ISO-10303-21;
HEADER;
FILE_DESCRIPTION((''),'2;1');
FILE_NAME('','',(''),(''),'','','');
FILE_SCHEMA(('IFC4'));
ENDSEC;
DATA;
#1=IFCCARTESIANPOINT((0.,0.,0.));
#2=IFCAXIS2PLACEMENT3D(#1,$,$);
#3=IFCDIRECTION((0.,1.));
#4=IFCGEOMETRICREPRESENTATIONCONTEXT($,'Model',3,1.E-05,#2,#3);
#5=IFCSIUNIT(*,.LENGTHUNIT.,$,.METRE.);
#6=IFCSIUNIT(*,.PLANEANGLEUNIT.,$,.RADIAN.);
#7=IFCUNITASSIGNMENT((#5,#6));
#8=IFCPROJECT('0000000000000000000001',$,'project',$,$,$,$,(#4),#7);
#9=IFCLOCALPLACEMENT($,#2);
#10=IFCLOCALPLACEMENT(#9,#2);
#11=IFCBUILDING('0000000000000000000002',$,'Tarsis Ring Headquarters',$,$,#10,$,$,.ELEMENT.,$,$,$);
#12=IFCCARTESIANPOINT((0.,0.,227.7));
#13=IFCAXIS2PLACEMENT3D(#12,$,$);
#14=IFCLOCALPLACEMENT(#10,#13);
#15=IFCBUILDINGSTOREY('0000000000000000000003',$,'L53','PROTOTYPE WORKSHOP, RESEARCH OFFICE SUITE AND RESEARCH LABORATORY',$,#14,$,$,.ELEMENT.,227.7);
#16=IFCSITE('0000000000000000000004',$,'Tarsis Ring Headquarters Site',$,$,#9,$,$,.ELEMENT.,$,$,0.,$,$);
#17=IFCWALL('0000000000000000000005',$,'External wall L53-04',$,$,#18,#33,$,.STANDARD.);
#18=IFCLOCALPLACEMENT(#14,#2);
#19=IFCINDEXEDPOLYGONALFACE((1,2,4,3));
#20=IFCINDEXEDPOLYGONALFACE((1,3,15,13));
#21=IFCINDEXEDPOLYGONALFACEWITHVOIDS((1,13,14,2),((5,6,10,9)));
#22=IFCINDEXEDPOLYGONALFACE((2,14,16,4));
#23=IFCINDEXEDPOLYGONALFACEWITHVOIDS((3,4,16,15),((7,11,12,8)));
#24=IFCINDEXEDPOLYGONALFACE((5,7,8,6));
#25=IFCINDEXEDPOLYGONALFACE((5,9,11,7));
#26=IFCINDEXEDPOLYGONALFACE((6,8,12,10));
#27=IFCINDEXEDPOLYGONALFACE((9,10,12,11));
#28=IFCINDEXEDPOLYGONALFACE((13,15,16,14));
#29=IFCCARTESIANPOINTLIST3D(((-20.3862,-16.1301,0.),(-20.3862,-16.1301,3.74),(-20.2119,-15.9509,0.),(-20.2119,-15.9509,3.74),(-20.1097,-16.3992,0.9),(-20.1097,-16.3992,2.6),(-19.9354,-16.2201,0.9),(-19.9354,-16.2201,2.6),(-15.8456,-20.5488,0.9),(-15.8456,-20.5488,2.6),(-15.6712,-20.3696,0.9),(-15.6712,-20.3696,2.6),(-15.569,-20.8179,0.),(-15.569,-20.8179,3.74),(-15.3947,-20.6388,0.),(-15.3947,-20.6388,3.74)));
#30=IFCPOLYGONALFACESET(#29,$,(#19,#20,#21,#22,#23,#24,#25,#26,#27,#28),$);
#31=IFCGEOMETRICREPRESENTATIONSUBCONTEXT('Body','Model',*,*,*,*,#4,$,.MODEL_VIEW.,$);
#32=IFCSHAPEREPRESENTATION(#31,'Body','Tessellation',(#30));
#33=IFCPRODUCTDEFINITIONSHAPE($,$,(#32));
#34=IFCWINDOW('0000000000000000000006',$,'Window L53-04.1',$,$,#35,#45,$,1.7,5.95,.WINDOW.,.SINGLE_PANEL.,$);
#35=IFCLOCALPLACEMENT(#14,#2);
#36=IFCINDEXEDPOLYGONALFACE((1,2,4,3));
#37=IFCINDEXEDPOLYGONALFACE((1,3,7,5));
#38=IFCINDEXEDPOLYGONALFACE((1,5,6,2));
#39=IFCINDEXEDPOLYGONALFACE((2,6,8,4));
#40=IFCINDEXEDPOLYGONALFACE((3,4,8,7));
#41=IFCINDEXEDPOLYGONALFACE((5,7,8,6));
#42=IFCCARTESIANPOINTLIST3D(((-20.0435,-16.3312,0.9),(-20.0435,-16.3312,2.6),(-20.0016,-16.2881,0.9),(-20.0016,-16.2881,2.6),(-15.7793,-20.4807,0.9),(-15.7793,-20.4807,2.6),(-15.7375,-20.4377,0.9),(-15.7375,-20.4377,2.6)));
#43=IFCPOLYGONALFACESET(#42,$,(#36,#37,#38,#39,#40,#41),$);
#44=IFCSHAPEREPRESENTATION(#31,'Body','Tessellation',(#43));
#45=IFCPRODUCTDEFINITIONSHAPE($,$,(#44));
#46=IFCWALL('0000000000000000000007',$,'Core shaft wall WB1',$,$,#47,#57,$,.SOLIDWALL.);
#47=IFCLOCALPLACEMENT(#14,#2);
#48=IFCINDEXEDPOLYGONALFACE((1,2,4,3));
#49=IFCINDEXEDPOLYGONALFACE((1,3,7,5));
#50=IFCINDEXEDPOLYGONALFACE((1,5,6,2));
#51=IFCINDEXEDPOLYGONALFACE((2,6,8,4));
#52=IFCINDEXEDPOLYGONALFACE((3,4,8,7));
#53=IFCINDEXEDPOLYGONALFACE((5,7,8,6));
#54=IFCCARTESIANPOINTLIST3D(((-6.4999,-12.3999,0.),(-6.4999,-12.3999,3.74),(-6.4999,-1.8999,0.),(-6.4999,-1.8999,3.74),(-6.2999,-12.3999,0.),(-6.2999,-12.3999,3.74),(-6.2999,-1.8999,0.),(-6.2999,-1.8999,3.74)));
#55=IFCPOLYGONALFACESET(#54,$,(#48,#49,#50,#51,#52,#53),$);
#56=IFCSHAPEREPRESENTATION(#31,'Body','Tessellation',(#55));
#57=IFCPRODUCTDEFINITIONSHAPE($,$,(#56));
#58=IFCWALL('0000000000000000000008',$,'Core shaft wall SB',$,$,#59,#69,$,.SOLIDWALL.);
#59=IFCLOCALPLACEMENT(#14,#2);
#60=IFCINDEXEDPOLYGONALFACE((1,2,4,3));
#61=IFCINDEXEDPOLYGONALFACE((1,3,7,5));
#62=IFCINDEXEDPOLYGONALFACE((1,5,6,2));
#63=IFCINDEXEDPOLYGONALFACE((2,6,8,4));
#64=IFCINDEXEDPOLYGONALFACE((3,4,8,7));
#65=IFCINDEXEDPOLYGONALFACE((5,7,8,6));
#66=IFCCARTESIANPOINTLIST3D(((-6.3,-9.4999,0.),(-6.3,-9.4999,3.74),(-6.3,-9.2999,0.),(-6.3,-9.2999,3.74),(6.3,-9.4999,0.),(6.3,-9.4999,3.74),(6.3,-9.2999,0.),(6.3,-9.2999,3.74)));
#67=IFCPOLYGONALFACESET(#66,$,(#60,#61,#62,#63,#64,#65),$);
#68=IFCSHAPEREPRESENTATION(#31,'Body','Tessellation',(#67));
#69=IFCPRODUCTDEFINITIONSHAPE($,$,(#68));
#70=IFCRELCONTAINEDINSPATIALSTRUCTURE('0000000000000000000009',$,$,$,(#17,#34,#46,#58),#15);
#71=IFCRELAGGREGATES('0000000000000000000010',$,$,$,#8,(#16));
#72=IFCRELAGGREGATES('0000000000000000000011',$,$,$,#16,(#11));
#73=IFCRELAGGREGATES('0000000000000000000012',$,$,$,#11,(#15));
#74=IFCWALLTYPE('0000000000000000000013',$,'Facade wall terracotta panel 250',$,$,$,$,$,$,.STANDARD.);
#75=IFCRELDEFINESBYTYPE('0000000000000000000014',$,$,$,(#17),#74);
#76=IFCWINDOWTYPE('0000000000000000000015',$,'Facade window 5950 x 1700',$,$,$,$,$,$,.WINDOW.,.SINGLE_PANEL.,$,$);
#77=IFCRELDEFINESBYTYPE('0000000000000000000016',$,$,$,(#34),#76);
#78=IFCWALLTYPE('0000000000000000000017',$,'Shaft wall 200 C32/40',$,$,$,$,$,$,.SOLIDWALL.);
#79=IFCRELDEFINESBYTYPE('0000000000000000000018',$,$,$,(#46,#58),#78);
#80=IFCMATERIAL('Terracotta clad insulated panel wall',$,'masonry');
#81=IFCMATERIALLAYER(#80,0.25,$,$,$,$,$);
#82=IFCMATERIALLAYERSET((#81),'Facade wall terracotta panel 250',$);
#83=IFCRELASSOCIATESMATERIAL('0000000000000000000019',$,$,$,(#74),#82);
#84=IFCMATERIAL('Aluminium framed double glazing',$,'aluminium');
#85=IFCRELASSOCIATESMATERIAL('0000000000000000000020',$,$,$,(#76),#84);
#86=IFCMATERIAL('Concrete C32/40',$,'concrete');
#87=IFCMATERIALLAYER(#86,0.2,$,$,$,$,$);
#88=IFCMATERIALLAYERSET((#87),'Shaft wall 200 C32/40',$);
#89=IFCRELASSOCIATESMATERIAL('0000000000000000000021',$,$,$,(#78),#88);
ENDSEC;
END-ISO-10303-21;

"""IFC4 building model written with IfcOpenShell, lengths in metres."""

from ifc_helpers import new_model, si_unit, direction, frame, frame_2d, origin, place, context, subcontext, project, spatial, rectangle, extrude, material, layer, layer_set, type_object, element, fill, save


model = new_model("IFC4")

# Units and contexts
model_context = context("Model", 3, precision=1e-05, world=origin(), true_north=direction((0.0, 1.0)))
body_context = subcontext(model_context, "Body", "Model", "MODEL_VIEW")
ifc_project = project(units=[si_unit("LENGTHUNIT", "METRE"), si_unit("PLANEANGLEUNIT", "RADIAN")], contexts=[model_context])

# Site, building, storey
site_placement = place(None, origin())
site = spatial("IfcSite", under=ifc_project, at=site_placement, Name="Tarsis Ring Headquarters Site", CompositionType="ELEMENT", RefElevation=0.0)
building_placement = place(site_placement, origin())
building = spatial("IfcBuilding", under=site, at=building_placement, Name="Tarsis Ring Headquarters", CompositionType="ELEMENT")
storey_placement = place(building_placement, frame((0.0, 0.0, 227.7)))
storey = spatial("IfcBuildingStorey", under=building, at=storey_placement, Name="L53", Description="PROTOTYPE WORKSHOP, RESEARCH OFFICE SUITE AND RESEARCH LABORATORY", CompositionType="ELEMENT", Elevation=227.7)

# Wall, opening, window
ifc_material_1 = material(Name="Terracotta clad insulated panel wall", Category="masonry")
ifc_layer_1 = layer(ifc_material_1, 0.25)
ifc_layer_set_1 = layer_set([ifc_layer_1], Name="Facade wall terracotta panel 250")
wall_type_1 = type_object("IfcWallType", Name="Facade wall terracotta panel 250", PredefinedType="STANDARD", material=ifc_layer_set_1)
wall_1_placement = place(storey_placement, frame((-20.2991, -16.0405, 0.0), z_axis=(0.0, 0.0, 1.0), x_axis=(0.716667, -0.697416, 0.0)))
wall_1 = element("IfcWall", 1, at=wall_1_placement, inside=storey, type_object=wall_type_1, Name="External wall L53-04", PredefinedType="STANDARD", context=body_context, shape_type="SweptSolid", body=[
    extrude(rectangle(XDim=6.7217, YDim=0.25, at=frame_2d((3.3608, 0.0))), origin(), (0.0, 0.0, 1.0), 3.74),
])
opening_1_placement = place(wall_1_placement, frame((0.3857, 0.0, 0.8999)))
opening_1 = element("IfcOpeningElement", 2, at=opening_1_placement, cuts=wall_1, PredefinedType="OPENING", context=body_context, shape_type="SweptSolid", body=[
    extrude(rectangle(XDim=5.95, YDim=1.7, at=frame_2d((2.9751, 0.8501))), frame((0.0, 0.135, 0.0), z_axis=(0.0, -1.0, 0.0), x_axis=(1.0, 0.0, 0.0)), (0.0, 0.0, 1.0), 0.27),
])
ifc_material_2 = material(Name="Aluminium framed double glazing", Category="aluminium")
window_type = type_object("IfcWindowType", Name="Facade window 5950 x 1700", PartitioningType="SINGLE_PANEL", PredefinedType="WINDOW", material=ifc_material_2)
window_placement = place(opening_1_placement, origin())
window = element("IfcWindow", 3, at=window_placement, inside=storey, type_object=window_type, Name="Window L53-04.1", OverallHeight=1.7, OverallWidth=5.95, PartitioningType="SINGLE_PANEL", PredefinedType="WINDOW", context=body_context, shape_type="SweptSolid", body=[
    extrude(rectangle(XDim=5.95, YDim=1.7, at=frame_2d((2.9751, 0.8501))), frame((0.0, 0.03, 0.0), z_axis=(0.0, -1.0, 0.0), x_axis=(1.0, 0.0, 0.0)), (0.0, 0.0, 1.0), 0.0601),
])
fill(opening_1, window)

# Walls
ifc_material_3 = material(Name="Concrete C32/40", Category="concrete")
ifc_layer_2 = layer(ifc_material_3, 0.2)
ifc_layer_set_2 = layer_set([ifc_layer_2], Name="Shaft wall 200 C32/40")
wall_type_2 = type_object("IfcWallType", Name="Shaft wall 200 C32/40", PredefinedType="SOLIDWALL", material=ifc_layer_set_2)
wall_2_placement = place(storey_placement, frame((-6.3999, -12.3999, 0.0), z_axis=(0.0, 0.0, 1.0), x_axis=(0.0, 1.0, 0.0)))
element("IfcWall", 4, at=wall_2_placement, inside=storey, type_object=wall_type_2, Name="Core shaft wall WB1", PredefinedType="SOLIDWALL", context=body_context, shape_type="SweptSolid", body=[
    extrude(rectangle(XDim=10.5, YDim=0.2, at=frame_2d((5.25, 0.0))), origin(), (0.0, 0.0, 1.0), 3.74),
])
wall_3_placement = place(storey_placement, frame((-6.3, -9.3999, 0.0), z_axis=(0.0, 0.0, 1.0), x_axis=(1.0, 0.0, 0.0)))
element("IfcWall", 5, at=wall_3_placement, inside=storey, type_object=wall_type_2, Name="Core shaft wall SB", PredefinedType="SOLIDWALL", context=body_context, shape_type="SweptSolid", body=[
    extrude(rectangle(XDim=12.6001, YDim=0.2, at=frame_2d((6.3, 0.0))), origin(), (0.0, 0.0, 1.0), 3.74),
])

save(model, "model.ifc")
